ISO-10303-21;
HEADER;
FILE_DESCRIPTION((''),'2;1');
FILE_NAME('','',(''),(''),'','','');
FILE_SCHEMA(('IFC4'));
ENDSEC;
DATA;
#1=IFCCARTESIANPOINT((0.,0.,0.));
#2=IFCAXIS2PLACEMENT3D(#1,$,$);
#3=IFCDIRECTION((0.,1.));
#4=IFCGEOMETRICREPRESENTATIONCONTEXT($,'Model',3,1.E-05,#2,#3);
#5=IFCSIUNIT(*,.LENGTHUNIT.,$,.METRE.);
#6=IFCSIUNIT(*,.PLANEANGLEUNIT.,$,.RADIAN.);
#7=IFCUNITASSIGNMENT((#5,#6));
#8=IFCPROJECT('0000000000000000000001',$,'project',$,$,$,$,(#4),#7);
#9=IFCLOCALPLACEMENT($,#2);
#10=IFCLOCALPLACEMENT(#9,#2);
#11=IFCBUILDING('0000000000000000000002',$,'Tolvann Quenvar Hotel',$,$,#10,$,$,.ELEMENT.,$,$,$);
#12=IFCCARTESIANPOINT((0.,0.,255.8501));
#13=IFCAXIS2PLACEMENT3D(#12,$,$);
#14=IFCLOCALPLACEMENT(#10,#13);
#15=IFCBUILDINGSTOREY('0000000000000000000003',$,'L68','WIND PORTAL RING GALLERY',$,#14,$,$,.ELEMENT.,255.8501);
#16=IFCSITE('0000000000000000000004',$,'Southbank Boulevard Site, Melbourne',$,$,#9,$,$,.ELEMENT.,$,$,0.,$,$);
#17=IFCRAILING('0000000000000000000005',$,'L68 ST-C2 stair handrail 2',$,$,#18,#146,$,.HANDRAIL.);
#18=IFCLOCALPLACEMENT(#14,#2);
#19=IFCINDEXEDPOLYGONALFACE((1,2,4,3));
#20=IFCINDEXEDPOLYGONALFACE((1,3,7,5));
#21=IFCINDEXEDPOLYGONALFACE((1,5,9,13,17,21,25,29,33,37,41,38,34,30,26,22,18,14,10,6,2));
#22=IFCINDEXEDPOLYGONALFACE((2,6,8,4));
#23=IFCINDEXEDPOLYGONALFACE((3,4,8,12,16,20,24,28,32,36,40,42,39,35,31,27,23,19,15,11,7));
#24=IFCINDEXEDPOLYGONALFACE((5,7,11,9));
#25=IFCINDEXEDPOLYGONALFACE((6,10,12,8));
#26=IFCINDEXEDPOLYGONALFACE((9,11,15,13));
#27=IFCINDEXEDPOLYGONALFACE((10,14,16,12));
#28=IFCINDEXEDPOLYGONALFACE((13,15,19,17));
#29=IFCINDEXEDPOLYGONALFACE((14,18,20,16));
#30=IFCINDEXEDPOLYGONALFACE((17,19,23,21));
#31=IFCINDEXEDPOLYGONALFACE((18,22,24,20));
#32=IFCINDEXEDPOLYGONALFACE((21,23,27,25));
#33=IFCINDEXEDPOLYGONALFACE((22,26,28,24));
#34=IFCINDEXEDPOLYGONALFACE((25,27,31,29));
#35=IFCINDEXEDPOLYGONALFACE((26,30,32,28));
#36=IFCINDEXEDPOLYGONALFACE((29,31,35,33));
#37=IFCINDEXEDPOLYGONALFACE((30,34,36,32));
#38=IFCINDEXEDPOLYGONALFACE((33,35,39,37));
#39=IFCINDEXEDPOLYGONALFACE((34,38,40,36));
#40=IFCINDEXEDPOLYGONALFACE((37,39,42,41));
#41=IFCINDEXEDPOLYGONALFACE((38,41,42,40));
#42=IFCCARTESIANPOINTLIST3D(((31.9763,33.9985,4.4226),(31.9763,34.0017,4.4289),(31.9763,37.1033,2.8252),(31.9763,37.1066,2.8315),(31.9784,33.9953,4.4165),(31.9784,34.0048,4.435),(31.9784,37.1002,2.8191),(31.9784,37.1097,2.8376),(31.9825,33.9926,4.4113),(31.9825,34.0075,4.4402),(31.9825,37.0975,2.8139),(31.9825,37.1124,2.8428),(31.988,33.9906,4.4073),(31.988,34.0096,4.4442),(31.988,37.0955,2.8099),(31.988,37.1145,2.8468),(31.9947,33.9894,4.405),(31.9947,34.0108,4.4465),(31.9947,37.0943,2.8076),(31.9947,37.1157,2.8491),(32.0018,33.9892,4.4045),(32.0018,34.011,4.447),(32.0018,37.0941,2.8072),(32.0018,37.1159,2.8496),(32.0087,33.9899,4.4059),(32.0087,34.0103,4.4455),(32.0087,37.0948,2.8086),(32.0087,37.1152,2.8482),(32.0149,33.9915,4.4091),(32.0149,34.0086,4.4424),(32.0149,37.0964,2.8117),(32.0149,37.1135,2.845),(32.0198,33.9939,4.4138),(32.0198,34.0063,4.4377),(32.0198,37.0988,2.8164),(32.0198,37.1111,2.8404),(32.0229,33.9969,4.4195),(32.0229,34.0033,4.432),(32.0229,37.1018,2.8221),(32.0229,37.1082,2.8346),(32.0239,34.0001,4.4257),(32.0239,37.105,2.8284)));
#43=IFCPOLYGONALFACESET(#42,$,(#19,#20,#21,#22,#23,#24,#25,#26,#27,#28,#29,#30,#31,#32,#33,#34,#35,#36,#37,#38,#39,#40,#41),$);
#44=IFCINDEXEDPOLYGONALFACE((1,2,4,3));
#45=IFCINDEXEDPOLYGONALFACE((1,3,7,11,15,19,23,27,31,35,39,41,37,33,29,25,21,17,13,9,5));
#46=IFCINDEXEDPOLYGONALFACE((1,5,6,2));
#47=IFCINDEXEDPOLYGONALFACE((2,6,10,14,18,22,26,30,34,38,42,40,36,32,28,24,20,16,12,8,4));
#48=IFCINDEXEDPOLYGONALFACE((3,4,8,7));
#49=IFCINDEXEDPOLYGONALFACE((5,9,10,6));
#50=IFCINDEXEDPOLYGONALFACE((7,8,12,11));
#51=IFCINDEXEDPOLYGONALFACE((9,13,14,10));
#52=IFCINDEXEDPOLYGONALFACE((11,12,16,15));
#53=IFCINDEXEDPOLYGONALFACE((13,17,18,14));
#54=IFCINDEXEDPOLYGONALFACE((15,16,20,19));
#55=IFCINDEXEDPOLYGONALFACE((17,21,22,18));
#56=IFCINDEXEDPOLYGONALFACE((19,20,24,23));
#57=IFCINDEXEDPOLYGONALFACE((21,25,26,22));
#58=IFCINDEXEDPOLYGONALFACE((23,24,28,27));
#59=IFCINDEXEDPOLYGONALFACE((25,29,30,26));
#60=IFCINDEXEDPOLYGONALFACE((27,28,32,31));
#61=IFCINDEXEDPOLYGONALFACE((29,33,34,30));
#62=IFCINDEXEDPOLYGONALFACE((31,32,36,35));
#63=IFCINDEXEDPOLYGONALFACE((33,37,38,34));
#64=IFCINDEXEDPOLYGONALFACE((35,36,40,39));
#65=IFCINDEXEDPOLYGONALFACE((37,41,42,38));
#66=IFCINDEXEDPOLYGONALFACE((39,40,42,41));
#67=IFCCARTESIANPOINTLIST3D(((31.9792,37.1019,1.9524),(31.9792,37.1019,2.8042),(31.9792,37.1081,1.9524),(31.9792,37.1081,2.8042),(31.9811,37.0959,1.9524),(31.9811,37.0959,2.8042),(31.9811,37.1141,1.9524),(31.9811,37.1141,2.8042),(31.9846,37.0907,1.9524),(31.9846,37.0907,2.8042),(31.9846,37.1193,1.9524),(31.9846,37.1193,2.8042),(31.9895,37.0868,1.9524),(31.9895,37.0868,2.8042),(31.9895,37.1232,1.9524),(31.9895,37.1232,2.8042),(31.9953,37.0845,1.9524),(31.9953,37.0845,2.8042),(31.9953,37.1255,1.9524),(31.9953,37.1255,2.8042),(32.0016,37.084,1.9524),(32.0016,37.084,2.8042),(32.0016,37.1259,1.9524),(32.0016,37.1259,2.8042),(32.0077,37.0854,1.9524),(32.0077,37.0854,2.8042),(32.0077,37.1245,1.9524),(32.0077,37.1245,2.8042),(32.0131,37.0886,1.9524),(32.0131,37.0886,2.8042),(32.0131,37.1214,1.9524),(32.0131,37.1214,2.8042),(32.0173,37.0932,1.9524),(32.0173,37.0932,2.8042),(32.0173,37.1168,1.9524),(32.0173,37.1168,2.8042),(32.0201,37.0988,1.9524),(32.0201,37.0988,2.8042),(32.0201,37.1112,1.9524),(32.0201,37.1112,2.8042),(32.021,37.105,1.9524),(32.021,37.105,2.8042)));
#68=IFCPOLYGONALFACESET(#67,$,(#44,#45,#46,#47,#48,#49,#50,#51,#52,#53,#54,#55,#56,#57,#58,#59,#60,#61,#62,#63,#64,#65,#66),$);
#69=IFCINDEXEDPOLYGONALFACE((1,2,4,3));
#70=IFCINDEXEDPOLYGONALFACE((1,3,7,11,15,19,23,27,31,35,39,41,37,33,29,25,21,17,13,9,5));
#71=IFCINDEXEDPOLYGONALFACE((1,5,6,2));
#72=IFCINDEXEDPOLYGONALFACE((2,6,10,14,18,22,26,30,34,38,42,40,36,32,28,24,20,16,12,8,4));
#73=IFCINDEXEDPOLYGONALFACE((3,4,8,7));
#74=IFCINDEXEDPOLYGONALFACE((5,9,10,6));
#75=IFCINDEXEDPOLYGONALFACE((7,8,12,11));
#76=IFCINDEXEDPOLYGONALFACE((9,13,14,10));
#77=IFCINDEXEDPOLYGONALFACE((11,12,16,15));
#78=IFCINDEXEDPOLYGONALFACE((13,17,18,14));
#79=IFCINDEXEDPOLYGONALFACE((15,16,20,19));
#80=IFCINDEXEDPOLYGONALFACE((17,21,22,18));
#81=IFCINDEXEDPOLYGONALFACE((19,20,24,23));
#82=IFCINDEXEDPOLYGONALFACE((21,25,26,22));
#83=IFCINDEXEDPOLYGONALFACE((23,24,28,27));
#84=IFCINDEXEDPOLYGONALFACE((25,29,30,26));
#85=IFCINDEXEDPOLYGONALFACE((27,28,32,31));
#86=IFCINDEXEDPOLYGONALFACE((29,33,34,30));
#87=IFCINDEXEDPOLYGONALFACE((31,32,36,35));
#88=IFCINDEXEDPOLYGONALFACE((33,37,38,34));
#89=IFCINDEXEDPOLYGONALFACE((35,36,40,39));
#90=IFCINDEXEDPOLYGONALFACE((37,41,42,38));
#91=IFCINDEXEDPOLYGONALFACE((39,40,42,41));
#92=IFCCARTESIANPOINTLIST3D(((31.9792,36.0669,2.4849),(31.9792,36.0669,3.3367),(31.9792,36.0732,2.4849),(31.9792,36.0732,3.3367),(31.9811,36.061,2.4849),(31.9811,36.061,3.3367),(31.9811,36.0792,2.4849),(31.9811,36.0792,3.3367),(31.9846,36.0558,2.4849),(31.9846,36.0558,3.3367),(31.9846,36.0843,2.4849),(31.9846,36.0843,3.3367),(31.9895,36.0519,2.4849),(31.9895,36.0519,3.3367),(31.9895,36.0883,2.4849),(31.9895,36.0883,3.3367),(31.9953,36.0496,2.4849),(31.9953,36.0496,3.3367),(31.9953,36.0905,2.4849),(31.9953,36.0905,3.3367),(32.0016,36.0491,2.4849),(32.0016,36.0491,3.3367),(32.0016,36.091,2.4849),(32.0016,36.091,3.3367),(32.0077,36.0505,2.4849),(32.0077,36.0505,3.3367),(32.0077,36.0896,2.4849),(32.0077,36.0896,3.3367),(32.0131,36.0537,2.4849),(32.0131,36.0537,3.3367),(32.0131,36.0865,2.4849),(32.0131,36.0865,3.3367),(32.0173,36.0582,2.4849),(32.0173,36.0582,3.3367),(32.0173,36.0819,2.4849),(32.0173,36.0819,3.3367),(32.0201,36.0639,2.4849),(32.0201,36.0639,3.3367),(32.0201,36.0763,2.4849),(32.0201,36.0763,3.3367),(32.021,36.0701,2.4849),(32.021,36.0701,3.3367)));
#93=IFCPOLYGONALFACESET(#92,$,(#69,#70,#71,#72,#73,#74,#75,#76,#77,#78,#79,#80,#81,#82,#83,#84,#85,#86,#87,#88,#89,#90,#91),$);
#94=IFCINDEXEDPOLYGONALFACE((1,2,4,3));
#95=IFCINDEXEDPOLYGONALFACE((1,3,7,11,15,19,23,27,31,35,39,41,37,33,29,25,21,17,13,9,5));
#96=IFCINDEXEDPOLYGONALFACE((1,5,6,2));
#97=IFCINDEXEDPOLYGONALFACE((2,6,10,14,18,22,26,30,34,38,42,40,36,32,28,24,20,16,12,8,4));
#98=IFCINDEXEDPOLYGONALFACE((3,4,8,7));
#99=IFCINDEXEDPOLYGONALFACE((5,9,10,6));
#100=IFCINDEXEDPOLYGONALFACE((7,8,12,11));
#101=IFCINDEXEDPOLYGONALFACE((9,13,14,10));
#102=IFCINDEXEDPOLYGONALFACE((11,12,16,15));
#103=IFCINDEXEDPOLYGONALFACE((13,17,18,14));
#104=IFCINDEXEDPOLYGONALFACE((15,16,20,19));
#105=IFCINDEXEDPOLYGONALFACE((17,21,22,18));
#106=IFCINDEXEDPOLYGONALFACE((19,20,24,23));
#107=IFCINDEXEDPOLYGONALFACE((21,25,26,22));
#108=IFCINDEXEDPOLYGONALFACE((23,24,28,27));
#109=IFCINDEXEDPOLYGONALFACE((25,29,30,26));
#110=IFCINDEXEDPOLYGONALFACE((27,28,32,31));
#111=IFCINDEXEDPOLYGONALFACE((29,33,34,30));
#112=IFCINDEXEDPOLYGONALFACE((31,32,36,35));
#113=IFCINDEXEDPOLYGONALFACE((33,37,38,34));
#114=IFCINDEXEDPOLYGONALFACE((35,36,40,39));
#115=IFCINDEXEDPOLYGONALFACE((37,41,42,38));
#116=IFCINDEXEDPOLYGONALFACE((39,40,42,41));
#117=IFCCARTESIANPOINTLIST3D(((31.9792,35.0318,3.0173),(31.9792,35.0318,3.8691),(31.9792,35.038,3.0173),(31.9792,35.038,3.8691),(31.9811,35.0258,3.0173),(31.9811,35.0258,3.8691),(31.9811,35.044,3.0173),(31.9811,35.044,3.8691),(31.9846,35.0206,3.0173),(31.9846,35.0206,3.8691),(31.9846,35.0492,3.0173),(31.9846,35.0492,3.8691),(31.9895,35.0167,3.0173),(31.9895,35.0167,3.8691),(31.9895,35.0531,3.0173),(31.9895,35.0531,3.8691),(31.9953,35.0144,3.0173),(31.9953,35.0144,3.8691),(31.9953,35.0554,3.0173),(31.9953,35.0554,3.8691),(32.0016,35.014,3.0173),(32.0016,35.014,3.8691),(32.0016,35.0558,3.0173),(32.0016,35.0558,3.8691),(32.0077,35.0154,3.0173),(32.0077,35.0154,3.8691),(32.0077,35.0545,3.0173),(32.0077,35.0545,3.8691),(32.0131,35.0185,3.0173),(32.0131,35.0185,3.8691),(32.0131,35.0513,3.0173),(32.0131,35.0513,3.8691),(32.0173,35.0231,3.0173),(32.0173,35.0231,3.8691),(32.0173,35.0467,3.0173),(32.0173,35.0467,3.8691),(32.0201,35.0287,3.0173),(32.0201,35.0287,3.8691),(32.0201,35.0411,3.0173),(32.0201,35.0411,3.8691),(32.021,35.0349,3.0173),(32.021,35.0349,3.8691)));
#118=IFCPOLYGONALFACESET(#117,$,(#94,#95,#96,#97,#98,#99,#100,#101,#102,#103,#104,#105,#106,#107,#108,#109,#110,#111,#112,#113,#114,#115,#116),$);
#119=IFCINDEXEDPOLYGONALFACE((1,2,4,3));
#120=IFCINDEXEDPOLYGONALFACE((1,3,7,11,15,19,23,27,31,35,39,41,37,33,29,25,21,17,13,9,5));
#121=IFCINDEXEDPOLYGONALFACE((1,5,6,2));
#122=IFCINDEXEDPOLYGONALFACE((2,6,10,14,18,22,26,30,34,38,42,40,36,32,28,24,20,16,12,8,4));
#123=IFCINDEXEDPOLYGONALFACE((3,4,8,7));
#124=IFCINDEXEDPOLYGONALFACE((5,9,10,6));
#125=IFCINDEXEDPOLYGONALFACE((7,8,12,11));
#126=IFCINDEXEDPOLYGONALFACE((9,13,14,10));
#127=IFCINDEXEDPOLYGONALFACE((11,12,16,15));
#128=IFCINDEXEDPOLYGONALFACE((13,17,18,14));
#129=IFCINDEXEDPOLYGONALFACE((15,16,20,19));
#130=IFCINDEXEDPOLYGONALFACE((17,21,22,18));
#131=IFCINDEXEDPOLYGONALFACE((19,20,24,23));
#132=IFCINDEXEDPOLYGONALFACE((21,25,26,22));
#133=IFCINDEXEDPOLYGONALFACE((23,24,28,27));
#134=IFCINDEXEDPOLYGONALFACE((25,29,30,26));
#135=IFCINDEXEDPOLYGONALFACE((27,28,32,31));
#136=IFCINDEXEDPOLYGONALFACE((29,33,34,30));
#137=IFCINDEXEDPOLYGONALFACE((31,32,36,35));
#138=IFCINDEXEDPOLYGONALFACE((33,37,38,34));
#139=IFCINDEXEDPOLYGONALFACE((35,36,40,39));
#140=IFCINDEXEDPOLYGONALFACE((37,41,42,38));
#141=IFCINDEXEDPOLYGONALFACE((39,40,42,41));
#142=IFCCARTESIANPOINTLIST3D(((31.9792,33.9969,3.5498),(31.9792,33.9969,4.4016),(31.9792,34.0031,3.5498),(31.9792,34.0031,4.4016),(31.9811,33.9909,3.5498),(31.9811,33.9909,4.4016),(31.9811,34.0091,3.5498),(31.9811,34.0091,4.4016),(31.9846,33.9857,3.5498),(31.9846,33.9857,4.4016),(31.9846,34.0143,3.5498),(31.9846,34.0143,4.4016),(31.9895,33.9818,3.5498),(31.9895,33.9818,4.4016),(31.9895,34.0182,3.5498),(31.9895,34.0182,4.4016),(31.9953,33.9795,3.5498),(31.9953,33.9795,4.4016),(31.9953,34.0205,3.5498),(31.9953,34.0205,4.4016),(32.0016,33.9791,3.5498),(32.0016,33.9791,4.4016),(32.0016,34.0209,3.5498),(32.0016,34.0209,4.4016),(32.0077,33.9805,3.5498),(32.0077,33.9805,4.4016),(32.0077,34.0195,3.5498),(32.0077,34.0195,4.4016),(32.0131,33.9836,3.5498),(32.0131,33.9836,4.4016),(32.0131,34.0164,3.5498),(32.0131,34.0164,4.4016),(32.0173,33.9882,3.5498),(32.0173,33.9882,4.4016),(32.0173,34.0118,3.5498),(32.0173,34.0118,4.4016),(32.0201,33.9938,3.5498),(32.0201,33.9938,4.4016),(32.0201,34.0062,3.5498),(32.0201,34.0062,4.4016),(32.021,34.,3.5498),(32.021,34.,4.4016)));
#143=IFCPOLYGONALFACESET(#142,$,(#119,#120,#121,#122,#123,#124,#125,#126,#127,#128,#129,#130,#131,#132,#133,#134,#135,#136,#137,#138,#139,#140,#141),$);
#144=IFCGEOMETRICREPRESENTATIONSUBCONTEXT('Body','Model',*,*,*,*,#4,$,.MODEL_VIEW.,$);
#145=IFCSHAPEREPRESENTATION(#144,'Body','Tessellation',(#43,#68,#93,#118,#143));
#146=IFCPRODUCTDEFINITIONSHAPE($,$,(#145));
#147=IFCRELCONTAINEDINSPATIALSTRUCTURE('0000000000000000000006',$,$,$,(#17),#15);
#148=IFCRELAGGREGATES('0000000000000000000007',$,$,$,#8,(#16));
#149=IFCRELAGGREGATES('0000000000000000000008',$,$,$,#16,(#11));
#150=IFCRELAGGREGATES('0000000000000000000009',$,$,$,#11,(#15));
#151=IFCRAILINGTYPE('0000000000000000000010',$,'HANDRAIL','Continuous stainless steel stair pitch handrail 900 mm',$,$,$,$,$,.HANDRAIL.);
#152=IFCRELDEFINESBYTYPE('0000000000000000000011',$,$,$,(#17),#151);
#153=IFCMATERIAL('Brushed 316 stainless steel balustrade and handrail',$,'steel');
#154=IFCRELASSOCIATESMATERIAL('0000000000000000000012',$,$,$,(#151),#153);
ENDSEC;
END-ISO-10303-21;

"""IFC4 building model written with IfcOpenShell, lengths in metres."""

from ifc_helpers import new_model, si_unit, direction, frame, origin, origin_2d, place, context, subcontext, project, spatial, circle, extrude, material, type_object, element, save


model = new_model("IFC4")

# Units and contexts
model_context = context("Model", 3, precision=1e-05, world=origin(), true_north=direction((0.0, 1.0)))
body_context = subcontext(model_context, "Body", "Model", "MODEL_VIEW")
ifc_project = project(units=[si_unit("LENGTHUNIT", "METRE"), si_unit("PLANEANGLEUNIT", "RADIAN")], contexts=[model_context])

# Site, building, storey
site_placement = place(None, origin())
site = spatial("IfcSite", under=ifc_project, at=site_placement, Name="Southbank Boulevard Site, Melbourne", CompositionType="ELEMENT", RefElevation=0.0)
building_placement = place(site_placement, origin())
building = spatial("IfcBuilding", under=site, at=building_placement, Name="Tolvann Quenvar Hotel", CompositionType="ELEMENT")
storey_placement = place(building_placement, frame((0.0, 0.0, 255.8501)))
storey = spatial("IfcBuildingStorey", under=building, at=storey_placement, Name="L68", Description="WIND PORTAL RING GALLERY", CompositionType="ELEMENT", Elevation=255.8501)

# Railing
ifc_material_1 = material(Name="Brushed 316 stainless steel balustrade and handrail", Category="steel")
railing_type_1 = type_object("IfcRailingType", Name="HANDRAIL", Description="Continuous stainless steel stair pitch handrail 900 mm", PredefinedType="HANDRAIL", material=ifc_material_1)
railing_1_placement = place(storey_placement, frame((32.0, 37.105, 1.9524)))
element("IfcRailing", 1, at=railing_1_placement, inside=storey, type_object=railing_type_1, Name="L68 ST-C2 stair handrail 2", PredefinedType="HANDRAIL", context=body_context, shape_type="SweptSolid", body=[
    extrude(circle(Radius=0.0239, at=origin_2d()), frame((0.0, 0.0, 0.876), z_axis=(0.0, -0.889222, 0.457476), x_axis=(1.0, 0.0, 0.0)), (0.0, 0.0, 1.0), 3.4917),
    extrude(circle(Radius=0.021, at=origin_2d()), origin(), (0.0, 0.0, 1.0), 0.8518),
    extrude(circle(Radius=0.021, at=origin_2d()), frame((0.0, -1.0349, 0.5325)), (0.0, 0.0, 1.0), 0.8518),
    extrude(circle(Radius=0.021, at=origin_2d()), frame((0.0, -2.0701, 1.0649)), (0.0, 0.0, 1.0), 0.8518),
    extrude(circle(Radius=0.021, at=origin_2d()), frame((0.0, -3.105, 1.5974)), (0.0, 0.0, 1.0), 0.8518),
])

save(model, "model.ifc")
